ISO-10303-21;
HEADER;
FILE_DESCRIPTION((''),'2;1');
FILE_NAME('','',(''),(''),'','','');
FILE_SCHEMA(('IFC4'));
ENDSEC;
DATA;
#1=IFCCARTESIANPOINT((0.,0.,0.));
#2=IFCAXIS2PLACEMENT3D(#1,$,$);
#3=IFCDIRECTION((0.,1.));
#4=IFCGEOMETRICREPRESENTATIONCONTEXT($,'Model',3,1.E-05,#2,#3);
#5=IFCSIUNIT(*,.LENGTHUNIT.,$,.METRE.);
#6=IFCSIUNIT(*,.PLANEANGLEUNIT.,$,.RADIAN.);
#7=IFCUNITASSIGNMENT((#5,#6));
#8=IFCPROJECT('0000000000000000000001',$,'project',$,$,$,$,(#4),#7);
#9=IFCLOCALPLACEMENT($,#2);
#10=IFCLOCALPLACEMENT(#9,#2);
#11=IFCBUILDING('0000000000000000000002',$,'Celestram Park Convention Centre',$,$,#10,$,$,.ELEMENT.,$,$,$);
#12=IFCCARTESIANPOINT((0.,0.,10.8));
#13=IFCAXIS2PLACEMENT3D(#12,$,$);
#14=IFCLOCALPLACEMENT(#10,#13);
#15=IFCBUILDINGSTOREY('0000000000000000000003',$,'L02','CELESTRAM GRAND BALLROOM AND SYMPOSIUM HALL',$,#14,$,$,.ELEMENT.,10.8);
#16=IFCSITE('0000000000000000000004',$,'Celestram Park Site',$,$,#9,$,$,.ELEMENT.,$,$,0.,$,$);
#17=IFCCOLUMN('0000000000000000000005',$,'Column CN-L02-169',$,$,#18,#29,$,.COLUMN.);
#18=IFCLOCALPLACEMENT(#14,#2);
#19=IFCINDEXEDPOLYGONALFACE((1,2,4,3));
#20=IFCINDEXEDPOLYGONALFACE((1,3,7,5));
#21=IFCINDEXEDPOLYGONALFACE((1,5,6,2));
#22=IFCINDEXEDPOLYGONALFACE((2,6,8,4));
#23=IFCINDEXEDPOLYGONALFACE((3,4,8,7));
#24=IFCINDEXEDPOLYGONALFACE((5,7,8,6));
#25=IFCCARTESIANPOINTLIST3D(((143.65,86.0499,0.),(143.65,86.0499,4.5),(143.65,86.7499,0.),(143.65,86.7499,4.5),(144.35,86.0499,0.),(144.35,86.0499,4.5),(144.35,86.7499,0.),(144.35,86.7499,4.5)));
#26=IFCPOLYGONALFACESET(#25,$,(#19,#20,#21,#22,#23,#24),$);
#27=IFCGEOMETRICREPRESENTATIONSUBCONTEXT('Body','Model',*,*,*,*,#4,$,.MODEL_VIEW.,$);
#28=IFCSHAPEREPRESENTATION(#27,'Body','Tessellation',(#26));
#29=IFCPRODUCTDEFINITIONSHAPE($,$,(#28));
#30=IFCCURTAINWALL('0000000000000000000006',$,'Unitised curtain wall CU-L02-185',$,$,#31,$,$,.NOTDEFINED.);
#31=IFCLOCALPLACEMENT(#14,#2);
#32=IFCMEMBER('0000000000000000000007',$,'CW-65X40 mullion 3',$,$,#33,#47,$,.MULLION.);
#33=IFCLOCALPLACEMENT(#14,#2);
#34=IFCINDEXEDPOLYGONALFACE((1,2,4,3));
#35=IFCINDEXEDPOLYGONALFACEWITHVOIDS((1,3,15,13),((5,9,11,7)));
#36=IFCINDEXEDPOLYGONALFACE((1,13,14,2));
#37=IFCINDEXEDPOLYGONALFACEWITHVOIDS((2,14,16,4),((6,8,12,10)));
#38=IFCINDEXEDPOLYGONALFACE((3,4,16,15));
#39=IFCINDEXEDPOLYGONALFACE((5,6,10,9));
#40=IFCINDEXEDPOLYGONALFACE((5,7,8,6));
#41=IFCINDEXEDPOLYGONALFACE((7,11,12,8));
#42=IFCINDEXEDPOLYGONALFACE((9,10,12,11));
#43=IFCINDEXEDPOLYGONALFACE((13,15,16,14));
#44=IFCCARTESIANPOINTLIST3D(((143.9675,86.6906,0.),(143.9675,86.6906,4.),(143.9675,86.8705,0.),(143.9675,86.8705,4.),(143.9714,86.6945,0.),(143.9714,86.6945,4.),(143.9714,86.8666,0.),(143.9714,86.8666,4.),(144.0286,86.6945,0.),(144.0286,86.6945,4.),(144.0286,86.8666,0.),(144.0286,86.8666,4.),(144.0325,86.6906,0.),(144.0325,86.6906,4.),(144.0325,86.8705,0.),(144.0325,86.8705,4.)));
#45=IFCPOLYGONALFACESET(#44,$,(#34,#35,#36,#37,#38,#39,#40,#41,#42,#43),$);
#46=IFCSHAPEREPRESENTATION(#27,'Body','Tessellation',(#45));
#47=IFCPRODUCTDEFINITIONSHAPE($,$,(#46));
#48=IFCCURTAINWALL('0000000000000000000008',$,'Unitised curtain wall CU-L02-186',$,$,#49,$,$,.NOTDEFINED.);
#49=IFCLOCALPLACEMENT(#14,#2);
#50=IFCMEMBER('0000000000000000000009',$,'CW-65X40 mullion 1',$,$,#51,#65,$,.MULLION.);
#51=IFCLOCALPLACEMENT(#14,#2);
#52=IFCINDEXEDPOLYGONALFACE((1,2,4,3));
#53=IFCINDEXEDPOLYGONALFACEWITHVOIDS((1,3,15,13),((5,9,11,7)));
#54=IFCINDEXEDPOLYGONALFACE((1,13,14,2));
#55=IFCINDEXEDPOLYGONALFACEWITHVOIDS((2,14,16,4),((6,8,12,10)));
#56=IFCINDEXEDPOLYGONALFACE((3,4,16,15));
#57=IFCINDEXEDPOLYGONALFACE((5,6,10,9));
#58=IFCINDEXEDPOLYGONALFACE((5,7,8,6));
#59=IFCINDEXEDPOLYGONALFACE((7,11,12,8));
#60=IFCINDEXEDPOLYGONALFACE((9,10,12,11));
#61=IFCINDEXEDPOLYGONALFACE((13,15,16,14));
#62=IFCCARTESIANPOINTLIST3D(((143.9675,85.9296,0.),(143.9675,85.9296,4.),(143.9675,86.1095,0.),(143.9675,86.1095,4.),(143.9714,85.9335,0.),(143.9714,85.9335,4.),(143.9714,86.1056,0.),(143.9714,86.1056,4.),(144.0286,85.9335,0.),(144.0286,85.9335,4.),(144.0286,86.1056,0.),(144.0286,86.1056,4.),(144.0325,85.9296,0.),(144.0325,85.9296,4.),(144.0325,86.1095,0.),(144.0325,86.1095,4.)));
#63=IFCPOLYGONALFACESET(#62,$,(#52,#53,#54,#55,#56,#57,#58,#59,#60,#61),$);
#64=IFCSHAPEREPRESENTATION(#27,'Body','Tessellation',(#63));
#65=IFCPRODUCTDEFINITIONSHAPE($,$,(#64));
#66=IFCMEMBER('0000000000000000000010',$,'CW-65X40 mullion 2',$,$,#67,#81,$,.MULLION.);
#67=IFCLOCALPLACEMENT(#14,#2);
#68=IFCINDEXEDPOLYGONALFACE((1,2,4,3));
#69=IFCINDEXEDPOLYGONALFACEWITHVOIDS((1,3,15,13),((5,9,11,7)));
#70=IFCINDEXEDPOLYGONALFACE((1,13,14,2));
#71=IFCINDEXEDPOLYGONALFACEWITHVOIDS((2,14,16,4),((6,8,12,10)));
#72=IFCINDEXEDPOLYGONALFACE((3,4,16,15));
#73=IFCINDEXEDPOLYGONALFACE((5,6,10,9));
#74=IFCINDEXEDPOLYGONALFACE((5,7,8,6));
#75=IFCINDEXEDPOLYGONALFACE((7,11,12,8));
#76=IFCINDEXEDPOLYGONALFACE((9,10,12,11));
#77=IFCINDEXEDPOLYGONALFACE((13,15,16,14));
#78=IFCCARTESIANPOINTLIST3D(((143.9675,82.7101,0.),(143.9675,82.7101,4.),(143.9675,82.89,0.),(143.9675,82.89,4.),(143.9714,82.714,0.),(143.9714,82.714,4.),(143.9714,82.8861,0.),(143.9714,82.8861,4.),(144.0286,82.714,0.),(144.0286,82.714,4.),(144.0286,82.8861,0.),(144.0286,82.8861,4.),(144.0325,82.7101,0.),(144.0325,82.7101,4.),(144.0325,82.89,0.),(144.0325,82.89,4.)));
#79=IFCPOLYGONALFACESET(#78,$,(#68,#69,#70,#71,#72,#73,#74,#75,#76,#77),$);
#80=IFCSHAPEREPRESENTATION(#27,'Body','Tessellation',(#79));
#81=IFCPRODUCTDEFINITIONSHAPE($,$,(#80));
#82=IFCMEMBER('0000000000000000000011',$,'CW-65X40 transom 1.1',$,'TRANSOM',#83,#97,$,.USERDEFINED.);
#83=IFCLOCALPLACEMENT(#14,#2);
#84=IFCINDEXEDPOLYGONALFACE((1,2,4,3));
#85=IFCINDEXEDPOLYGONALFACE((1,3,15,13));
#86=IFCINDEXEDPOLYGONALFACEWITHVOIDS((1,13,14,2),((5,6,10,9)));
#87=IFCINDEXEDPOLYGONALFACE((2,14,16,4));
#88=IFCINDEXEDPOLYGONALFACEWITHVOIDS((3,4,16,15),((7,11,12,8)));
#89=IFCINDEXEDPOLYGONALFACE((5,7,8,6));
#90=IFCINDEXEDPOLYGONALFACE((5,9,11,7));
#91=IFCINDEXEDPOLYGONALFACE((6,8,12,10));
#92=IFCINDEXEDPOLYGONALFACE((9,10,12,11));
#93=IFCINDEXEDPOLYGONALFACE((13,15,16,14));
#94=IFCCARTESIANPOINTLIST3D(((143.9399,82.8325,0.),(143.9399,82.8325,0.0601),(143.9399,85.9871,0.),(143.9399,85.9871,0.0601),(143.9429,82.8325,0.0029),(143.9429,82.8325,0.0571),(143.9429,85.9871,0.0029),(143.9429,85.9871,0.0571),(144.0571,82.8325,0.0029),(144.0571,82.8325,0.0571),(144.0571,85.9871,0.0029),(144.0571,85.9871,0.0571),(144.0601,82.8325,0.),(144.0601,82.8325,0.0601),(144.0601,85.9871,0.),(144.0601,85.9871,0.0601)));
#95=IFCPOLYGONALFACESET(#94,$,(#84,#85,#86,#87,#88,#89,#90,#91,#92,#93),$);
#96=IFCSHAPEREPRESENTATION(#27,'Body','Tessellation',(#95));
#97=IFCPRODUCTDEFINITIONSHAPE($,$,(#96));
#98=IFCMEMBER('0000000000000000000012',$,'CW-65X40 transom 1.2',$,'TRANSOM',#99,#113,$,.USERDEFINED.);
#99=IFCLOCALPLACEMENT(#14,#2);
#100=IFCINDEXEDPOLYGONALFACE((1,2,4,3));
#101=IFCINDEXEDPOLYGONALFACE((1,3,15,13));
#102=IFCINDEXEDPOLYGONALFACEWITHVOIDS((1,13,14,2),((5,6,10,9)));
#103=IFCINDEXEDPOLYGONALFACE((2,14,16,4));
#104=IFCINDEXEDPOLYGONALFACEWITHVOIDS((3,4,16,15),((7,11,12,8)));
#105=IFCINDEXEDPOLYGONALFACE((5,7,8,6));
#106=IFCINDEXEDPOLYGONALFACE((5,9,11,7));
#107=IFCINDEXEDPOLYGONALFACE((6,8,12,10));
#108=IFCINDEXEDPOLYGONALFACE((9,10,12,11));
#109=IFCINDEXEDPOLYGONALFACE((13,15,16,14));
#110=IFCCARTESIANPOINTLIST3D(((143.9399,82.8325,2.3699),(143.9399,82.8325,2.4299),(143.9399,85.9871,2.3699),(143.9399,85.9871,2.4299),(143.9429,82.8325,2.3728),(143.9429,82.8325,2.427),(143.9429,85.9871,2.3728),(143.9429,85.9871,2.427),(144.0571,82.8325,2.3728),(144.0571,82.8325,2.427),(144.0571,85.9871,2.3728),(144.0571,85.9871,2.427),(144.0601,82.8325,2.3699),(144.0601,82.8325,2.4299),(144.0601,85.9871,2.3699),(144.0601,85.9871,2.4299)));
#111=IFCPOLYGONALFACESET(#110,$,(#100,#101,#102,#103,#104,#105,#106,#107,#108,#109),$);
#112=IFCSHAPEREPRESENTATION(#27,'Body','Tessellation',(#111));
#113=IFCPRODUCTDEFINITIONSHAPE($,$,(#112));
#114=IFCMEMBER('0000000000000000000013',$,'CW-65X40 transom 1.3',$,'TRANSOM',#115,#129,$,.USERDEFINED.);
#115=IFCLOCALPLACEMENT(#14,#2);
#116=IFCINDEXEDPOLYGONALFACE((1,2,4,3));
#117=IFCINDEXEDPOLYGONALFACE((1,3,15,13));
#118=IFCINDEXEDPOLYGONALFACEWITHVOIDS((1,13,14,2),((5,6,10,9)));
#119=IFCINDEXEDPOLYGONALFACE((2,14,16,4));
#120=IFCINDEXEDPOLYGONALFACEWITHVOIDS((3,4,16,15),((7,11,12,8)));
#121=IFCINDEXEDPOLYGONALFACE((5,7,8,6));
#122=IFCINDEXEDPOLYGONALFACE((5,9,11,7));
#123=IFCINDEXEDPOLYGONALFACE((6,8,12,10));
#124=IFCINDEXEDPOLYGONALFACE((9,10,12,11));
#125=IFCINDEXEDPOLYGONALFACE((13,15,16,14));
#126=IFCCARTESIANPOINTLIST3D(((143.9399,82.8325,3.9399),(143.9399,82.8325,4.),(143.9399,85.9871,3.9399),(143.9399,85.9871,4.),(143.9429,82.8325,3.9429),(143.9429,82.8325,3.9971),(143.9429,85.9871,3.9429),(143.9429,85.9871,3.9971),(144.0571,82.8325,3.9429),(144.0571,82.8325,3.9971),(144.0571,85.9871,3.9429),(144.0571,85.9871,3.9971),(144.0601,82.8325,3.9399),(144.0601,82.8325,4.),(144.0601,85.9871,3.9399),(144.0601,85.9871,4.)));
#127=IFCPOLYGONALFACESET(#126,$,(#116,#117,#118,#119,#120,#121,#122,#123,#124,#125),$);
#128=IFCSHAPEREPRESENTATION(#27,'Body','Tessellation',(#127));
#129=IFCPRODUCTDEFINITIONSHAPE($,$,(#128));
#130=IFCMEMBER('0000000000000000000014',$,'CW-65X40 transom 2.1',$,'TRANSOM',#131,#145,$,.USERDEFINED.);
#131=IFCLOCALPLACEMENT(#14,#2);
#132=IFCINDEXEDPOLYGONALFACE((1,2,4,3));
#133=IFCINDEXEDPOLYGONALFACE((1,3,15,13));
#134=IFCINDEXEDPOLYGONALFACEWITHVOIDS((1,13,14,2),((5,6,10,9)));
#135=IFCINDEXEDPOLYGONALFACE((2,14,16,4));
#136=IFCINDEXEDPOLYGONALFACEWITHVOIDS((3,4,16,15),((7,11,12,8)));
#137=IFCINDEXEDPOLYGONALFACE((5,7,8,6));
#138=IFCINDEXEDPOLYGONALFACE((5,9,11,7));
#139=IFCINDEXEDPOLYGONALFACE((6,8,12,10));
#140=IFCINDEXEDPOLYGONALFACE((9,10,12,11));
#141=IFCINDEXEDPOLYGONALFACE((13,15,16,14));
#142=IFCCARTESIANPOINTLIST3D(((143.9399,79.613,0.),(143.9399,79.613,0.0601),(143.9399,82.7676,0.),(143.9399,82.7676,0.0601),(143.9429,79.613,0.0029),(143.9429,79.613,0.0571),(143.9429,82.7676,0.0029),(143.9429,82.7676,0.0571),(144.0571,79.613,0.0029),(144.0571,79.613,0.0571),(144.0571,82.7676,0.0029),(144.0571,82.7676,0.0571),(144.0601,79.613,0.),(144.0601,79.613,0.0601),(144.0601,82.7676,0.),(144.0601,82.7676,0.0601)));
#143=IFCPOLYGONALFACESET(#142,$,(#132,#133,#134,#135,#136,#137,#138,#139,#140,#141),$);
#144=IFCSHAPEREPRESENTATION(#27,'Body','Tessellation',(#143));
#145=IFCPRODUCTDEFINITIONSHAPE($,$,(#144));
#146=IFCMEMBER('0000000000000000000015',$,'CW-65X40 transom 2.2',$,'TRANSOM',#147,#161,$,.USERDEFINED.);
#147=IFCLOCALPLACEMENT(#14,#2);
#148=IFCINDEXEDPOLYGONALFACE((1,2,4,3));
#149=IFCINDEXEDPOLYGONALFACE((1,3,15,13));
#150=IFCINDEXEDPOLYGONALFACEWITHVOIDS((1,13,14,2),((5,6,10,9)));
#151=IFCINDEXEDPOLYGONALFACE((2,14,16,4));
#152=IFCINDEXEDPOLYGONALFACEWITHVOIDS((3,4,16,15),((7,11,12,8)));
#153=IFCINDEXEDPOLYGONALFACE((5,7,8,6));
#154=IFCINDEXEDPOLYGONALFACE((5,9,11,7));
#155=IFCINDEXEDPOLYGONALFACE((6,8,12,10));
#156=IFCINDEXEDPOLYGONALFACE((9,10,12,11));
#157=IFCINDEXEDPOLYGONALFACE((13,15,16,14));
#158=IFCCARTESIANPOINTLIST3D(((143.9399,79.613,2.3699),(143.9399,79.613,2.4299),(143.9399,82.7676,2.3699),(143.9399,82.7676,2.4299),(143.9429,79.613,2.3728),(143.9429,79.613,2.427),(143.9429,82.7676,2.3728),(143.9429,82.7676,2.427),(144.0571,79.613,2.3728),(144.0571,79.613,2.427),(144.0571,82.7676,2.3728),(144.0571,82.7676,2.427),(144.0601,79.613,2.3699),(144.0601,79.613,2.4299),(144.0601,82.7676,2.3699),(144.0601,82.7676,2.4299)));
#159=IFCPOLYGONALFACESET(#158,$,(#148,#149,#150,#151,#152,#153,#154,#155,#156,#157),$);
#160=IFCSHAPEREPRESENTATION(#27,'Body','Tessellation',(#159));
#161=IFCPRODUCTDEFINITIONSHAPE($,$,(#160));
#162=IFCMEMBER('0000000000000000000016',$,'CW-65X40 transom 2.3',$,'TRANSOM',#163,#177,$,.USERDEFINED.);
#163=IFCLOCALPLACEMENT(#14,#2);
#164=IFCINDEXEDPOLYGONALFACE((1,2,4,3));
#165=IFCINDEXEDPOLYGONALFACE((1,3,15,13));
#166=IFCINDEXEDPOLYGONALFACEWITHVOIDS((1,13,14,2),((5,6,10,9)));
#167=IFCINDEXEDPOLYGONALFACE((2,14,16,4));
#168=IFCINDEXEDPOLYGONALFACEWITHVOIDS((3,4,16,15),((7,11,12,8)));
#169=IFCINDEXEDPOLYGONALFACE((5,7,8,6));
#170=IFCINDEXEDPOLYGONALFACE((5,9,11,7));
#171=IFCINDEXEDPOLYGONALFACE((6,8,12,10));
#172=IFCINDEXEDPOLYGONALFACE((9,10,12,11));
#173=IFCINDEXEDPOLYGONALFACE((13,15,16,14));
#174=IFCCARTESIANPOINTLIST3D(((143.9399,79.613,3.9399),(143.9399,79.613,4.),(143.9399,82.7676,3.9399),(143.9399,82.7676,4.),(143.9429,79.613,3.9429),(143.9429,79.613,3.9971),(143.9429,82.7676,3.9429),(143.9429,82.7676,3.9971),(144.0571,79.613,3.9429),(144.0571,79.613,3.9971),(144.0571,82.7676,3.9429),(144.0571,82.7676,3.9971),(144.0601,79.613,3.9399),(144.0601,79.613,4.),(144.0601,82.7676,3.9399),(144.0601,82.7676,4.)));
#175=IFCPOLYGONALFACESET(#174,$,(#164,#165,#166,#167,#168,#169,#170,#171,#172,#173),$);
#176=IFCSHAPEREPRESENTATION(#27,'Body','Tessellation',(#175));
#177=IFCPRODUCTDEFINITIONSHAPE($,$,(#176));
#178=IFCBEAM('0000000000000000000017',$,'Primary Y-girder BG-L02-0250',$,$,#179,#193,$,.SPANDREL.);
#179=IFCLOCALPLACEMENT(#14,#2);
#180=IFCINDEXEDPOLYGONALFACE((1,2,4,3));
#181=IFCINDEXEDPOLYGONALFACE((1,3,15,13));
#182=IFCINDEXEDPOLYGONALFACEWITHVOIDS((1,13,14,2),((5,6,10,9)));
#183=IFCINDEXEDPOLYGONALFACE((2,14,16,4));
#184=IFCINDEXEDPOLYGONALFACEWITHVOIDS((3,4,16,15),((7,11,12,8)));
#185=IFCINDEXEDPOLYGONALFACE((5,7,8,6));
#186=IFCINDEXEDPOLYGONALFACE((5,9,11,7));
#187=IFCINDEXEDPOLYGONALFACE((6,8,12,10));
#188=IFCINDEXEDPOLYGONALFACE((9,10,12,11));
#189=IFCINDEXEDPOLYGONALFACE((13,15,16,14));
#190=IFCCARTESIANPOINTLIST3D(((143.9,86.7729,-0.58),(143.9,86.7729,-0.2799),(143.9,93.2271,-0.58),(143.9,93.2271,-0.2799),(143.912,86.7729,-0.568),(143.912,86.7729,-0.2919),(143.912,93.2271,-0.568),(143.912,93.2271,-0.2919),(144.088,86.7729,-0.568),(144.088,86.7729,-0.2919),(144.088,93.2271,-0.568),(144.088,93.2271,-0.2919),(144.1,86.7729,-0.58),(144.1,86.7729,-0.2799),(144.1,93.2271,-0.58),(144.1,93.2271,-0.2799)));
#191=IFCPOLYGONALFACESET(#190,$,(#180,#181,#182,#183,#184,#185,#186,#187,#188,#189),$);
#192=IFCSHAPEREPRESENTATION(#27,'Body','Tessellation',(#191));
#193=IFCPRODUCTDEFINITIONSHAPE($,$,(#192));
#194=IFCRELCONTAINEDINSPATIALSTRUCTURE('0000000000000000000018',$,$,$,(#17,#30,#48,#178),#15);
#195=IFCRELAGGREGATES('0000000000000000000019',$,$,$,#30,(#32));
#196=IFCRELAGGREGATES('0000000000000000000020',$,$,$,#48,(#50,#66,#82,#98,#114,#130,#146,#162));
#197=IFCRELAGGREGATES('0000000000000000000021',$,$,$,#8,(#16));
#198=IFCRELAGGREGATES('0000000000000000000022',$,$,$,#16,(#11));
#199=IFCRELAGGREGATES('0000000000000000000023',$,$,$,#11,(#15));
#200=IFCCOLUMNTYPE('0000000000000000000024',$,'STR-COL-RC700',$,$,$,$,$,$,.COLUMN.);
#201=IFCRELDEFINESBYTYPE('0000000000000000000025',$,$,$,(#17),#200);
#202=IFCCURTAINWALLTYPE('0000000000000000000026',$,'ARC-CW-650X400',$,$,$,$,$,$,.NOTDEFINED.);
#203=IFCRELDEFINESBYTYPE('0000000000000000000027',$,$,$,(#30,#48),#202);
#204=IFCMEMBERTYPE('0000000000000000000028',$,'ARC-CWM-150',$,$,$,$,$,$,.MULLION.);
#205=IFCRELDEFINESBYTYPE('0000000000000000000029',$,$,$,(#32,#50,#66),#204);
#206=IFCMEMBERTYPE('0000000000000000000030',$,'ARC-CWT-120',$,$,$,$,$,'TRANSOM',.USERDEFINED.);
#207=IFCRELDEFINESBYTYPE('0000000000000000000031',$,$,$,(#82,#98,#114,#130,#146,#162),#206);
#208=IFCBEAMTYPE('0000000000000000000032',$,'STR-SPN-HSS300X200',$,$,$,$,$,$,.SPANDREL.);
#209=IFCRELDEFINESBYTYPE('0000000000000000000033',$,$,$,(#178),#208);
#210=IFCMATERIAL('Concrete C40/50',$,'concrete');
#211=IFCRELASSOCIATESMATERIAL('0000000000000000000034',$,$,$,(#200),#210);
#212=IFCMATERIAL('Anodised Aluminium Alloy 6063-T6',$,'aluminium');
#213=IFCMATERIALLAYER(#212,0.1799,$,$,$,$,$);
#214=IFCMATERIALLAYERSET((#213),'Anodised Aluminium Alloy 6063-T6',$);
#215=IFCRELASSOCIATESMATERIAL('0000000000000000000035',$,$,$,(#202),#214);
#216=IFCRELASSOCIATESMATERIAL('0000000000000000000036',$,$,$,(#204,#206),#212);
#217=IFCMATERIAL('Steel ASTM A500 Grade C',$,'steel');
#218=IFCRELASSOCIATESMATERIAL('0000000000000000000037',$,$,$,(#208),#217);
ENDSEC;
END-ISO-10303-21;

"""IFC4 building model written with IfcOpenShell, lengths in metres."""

from ifc_helpers import new_model, si_unit, direction, frame, origin, origin_2d, place, context, subcontext, project, spatial, rectangle, hollow_rectangle, extrude, material, layer, layer_set, material_profile, profile_set, type_object, element, aggregate, save


model = new_model("IFC4")

# Units and contexts
model_context = context("Model", 3, precision=1e-05, world=origin(), true_north=direction((0.0, 1.0)))
body_context = subcontext(model_context, "Body", "Model", "MODEL_VIEW")
ifc_project = project(units=[si_unit("LENGTHUNIT", "METRE"), si_unit("PLANEANGLEUNIT", "RADIAN")], contexts=[model_context])

# Site, building, storey
site_placement = place(None, origin())
site = spatial("IfcSite", under=ifc_project, at=site_placement, Name="Celestram Park Site", CompositionType="ELEMENT", RefElevation=0.0)
building_placement = place(site_placement, origin())
building = spatial("IfcBuilding", under=site, at=building_placement, Name="Celestram Park Convention Centre", CompositionType="ELEMENT")
storey_placement = place(building_placement, frame((0.0, 0.0, 10.8)))
storey = spatial("IfcBuildingStorey", under=building, at=storey_placement, Name="L02", Description="CELESTRAM GRAND BALLROOM AND SYMPOSIUM HALL", CompositionType="ELEMENT", Elevation=10.8)

# Column
ifc_material_1 = material(Name="Concrete C40/50", Category="concrete")
ifc_material_profile_1 = material_profile(ifc_material_1, rectangle(XDim=0.7, YDim=0.7, at=origin_2d()), Name="RC700X700")
ifc_profile_set_1 = profile_set([ifc_material_profile_1], Name="Concrete C40/50")
column_type = type_object("IfcColumnType", Name="STR-COL-RC700", PredefinedType="COLUMN", material=ifc_profile_set_1)
column_placement = place(storey_placement, frame((144.0, 86.3999, 0.0), z_axis=(0.0, 0.0, 1.0), x_axis=(1.0, 0.0, 0.0)))
element("IfcColumn", 1, at=column_placement, inside=storey, type_object=column_type, Name="Column CN-L02-169", PredefinedType="COLUMN", context=body_context, shape_type="SweptSolid", body=[
    extrude(rectangle(XDim=0.7, YDim=0.7, at=origin_2d()), origin(), (0.0, 0.0, 1.0), 4.5),
])

# Curtain wall, member
ifc_material_2 = material(Name="Anodised Aluminium Alloy 6063-T6", Category="aluminium")
ifc_layer_1 = layer(ifc_material_2, 0.1799)
ifc_layer_set_1 = layer_set([ifc_layer_1], Name="Anodised Aluminium Alloy 6063-T6")
curtain_wall_type = type_object("IfcCurtainWallType", Name="ARC-CW-650X400", PredefinedType="NOTDEFINED", material=ifc_layer_set_1)
curtain_wall_1_placement = place(storey_placement, origin())
curtain_wall_1 = element("IfcCurtainWall", 2, at=curtain_wall_1_placement, inside=storey, type_object=curtain_wall_type, Name="Unitised curtain wall CU-L02-185", PredefinedType="NOTDEFINED")
ifc_material_profile_2 = material_profile(ifc_material_2, hollow_rectangle(XDim=0.0649, YDim=0.1799, WallThickness=0.0039, at=origin_2d()), Name="ALU65X180X4")
ifc_profile_set_2 = profile_set([ifc_material_profile_2], Name="Anodised Aluminium Alloy 6063-T6")
member_type_1 = type_object("IfcMemberType", Name="ARC-CWM-150", PredefinedType="MULLION", material=ifc_profile_set_2)
member_1_placement = place(storey_placement, frame((144.0, 86.7805, 0.0), z_axis=(0.0, 0.0, 1.0), x_axis=(1.0, 0.0, 0.0)))
member_1 = element("IfcMember", 3, at=member_1_placement, type_object=member_type_1, Name="CW-65X40 mullion 3", PredefinedType="MULLION", context=body_context, shape_type="SweptSolid", body=[
    extrude(hollow_rectangle(XDim=0.0649, YDim=0.1799, WallThickness=0.0039, at=origin_2d()), origin(), (0.0, 0.0, 1.0), 4.0),
])
aggregate(curtain_wall_1, [member_1])

# Curtain wall, members
curtain_wall_2_placement = place(storey_placement, origin())
curtain_wall_2 = element("IfcCurtainWall", 4, at=curtain_wall_2_placement, inside=storey, type_object=curtain_wall_type, Name="Unitised curtain wall CU-L02-186", PredefinedType="NOTDEFINED")
member_2_placement = place(storey_placement, frame((144.0, 86.0195, 0.0), z_axis=(0.0, 0.0, 1.0), x_axis=(1.0, 0.0, 0.0)))
member_2 = element("IfcMember", 5, at=member_2_placement, type_object=member_type_1, Name="CW-65X40 mullion 1", PredefinedType="MULLION", context=body_context, shape_type="SweptSolid", body=[
    extrude(hollow_rectangle(XDim=0.0649, YDim=0.1799, WallThickness=0.0039, at=origin_2d()), origin(), (0.0, 0.0, 1.0), 4.0),
])
member_3_placement = place(storey_placement, frame((144.0, 82.8, 0.0), z_axis=(0.0, 0.0, 1.0), x_axis=(1.0, 0.0, 0.0)))
member_3 = element("IfcMember", 6, at=member_3_placement, type_object=member_type_1, Name="CW-65X40 mullion 2", PredefinedType="MULLION", context=body_context, shape_type="SweptSolid", body=[
    extrude(hollow_rectangle(XDim=0.0649, YDim=0.1799, WallThickness=0.0039, at=origin_2d()), origin(), (0.0, 0.0, 1.0), 4.0),
])
ifc_material_profile_3 = material_profile(ifc_material_2, hollow_rectangle(XDim=0.1201, YDim=0.0601, WallThickness=0.0029, at=origin_2d()), Name="ALU120X60X3")
ifc_profile_set_3 = profile_set([ifc_material_profile_3], Name="Anodised Aluminium Alloy 6063-T6")
member_type_2 = type_object("IfcMemberType", Name="ARC-CWT-120", ElementType="TRANSOM", PredefinedType="USERDEFINED", material=ifc_profile_set_3)
member_4_placement = place(storey_placement, frame((144.0, 85.9871, 0.03), z_axis=(0.0, -1.0, 0.0), x_axis=(1.0, 0.0, 0.0)))
member_4 = element("IfcMember", 7, at=member_4_placement, type_object=member_type_2, Name="CW-65X40 transom 1.1", ObjectType="TRANSOM", PredefinedType="USERDEFINED", context=body_context, shape_type="SweptSolid", body=[
    extrude(hollow_rectangle(XDim=0.1201, YDim=0.0601, WallThickness=0.0029, at=origin_2d()), origin(), (0.0, 0.0, 1.0), 3.1545),
])
member_5_placement = place(storey_placement, frame((144.0, 85.9871, 2.3999), z_axis=(0.0, -1.0, 0.0), x_axis=(1.0, 0.0, 0.0)))
member_5 = element("IfcMember", 8, at=member_5_placement, type_object=member_type_2, Name="CW-65X40 transom 1.2", ObjectType="TRANSOM", PredefinedType="USERDEFINED", context=body_context, shape_type="SweptSolid", body=[
    extrude(hollow_rectangle(XDim=0.1201, YDim=0.0601, WallThickness=0.0029, at=origin_2d()), origin(), (0.0, 0.0, 1.0), 3.1545),
])
member_6_placement = place(storey_placement, frame((144.0, 85.9871, 3.97), z_axis=(0.0, -1.0, 0.0), x_axis=(1.0, 0.0, 0.0)))
member_6 = element("IfcMember", 9, at=member_6_placement, type_object=member_type_2, Name="CW-65X40 transom 1.3", ObjectType="TRANSOM", PredefinedType="USERDEFINED", context=body_context, shape_type="SweptSolid", body=[
    extrude(hollow_rectangle(XDim=0.1201, YDim=0.0601, WallThickness=0.0029, at=origin_2d()), origin(), (0.0, 0.0, 1.0), 3.1545),
])
member_7_placement = place(storey_placement, frame((144.0, 82.7676, 0.03), z_axis=(0.0, -1.0, 0.0), x_axis=(1.0, 0.0, 0.0)))
member_7 = element("IfcMember", 10, at=member_7_placement, type_object=member_type_2, Name="CW-65X40 transom 2.1", ObjectType="TRANSOM", PredefinedType="USERDEFINED", context=body_context, shape_type="SweptSolid", body=[
    extrude(hollow_rectangle(XDim=0.1201, YDim=0.0601, WallThickness=0.0029, at=origin_2d()), origin(), (0.0, 0.0, 1.0), 3.1545),
])
member_8_placement = place(storey_placement, frame((144.0, 82.7676, 2.3999), z_axis=(0.0, -1.0, 0.0), x_axis=(1.0, 0.0, 0.0)))
member_8 = element("IfcMember", 11, at=member_8_placement, type_object=member_type_2, Name="CW-65X40 transom 2.2", ObjectType="TRANSOM", PredefinedType="USERDEFINED", context=body_context, shape_type="SweptSolid", body=[
    extrude(hollow_rectangle(XDim=0.1201, YDim=0.0601, WallThickness=0.0029, at=origin_2d()), origin(), (0.0, 0.0, 1.0), 3.1545),
])
member_9_placement = place(storey_placement, frame((144.0, 82.7676, 3.97), z_axis=(0.0, -1.0, 0.0), x_axis=(1.0, 0.0, 0.0)))
member_9 = element("IfcMember", 12, at=member_9_placement, type_object=member_type_2, Name="CW-65X40 transom 2.3", ObjectType="TRANSOM", PredefinedType="USERDEFINED", context=body_context, shape_type="SweptSolid", body=[
    extrude(hollow_rectangle(XDim=0.1201, YDim=0.0601, WallThickness=0.0029, at=origin_2d()), origin(), (0.0, 0.0, 1.0), 3.1545),
])

# Beam
ifc_material_3 = material(Name="Steel ASTM A500 Grade C", Category="steel")
ifc_material_profile_4 = material_profile(ifc_material_3, hollow_rectangle(XDim=0.2, YDim=0.3, WallThickness=0.012, at=origin_2d()), Name="HSS300X200X12")
ifc_profile_set_4 = profile_set([ifc_material_profile_4], Name="Steel ASTM A500 Grade C")
beam_type = type_object("IfcBeamType", Name="STR-SPN-HSS300X200", PredefinedType="SPANDREL", material=ifc_profile_set_4)
beam_placement = place(storey_placement, frame((144.0, 86.7729, -0.4299), z_axis=(0.0, 1.0, 0.0), x_axis=(-1.0, 0.0, 0.0)))
element("IfcBeam", 13, at=beam_placement, inside=storey, type_object=beam_type, Name="Primary Y-girder BG-L02-0250", PredefinedType="SPANDREL", context=body_context, shape_type="SweptSolid", body=[
    extrude(hollow_rectangle(XDim=0.2, YDim=0.3, WallThickness=0.012, at=origin_2d()), origin(), (0.0, 0.0, 1.0), 6.4541),
])

aggregate(curtain_wall_2, [member_2, member_3, member_4, member_5, member_6, member_7, member_8, member_9])

save(model, "model.ifc")
